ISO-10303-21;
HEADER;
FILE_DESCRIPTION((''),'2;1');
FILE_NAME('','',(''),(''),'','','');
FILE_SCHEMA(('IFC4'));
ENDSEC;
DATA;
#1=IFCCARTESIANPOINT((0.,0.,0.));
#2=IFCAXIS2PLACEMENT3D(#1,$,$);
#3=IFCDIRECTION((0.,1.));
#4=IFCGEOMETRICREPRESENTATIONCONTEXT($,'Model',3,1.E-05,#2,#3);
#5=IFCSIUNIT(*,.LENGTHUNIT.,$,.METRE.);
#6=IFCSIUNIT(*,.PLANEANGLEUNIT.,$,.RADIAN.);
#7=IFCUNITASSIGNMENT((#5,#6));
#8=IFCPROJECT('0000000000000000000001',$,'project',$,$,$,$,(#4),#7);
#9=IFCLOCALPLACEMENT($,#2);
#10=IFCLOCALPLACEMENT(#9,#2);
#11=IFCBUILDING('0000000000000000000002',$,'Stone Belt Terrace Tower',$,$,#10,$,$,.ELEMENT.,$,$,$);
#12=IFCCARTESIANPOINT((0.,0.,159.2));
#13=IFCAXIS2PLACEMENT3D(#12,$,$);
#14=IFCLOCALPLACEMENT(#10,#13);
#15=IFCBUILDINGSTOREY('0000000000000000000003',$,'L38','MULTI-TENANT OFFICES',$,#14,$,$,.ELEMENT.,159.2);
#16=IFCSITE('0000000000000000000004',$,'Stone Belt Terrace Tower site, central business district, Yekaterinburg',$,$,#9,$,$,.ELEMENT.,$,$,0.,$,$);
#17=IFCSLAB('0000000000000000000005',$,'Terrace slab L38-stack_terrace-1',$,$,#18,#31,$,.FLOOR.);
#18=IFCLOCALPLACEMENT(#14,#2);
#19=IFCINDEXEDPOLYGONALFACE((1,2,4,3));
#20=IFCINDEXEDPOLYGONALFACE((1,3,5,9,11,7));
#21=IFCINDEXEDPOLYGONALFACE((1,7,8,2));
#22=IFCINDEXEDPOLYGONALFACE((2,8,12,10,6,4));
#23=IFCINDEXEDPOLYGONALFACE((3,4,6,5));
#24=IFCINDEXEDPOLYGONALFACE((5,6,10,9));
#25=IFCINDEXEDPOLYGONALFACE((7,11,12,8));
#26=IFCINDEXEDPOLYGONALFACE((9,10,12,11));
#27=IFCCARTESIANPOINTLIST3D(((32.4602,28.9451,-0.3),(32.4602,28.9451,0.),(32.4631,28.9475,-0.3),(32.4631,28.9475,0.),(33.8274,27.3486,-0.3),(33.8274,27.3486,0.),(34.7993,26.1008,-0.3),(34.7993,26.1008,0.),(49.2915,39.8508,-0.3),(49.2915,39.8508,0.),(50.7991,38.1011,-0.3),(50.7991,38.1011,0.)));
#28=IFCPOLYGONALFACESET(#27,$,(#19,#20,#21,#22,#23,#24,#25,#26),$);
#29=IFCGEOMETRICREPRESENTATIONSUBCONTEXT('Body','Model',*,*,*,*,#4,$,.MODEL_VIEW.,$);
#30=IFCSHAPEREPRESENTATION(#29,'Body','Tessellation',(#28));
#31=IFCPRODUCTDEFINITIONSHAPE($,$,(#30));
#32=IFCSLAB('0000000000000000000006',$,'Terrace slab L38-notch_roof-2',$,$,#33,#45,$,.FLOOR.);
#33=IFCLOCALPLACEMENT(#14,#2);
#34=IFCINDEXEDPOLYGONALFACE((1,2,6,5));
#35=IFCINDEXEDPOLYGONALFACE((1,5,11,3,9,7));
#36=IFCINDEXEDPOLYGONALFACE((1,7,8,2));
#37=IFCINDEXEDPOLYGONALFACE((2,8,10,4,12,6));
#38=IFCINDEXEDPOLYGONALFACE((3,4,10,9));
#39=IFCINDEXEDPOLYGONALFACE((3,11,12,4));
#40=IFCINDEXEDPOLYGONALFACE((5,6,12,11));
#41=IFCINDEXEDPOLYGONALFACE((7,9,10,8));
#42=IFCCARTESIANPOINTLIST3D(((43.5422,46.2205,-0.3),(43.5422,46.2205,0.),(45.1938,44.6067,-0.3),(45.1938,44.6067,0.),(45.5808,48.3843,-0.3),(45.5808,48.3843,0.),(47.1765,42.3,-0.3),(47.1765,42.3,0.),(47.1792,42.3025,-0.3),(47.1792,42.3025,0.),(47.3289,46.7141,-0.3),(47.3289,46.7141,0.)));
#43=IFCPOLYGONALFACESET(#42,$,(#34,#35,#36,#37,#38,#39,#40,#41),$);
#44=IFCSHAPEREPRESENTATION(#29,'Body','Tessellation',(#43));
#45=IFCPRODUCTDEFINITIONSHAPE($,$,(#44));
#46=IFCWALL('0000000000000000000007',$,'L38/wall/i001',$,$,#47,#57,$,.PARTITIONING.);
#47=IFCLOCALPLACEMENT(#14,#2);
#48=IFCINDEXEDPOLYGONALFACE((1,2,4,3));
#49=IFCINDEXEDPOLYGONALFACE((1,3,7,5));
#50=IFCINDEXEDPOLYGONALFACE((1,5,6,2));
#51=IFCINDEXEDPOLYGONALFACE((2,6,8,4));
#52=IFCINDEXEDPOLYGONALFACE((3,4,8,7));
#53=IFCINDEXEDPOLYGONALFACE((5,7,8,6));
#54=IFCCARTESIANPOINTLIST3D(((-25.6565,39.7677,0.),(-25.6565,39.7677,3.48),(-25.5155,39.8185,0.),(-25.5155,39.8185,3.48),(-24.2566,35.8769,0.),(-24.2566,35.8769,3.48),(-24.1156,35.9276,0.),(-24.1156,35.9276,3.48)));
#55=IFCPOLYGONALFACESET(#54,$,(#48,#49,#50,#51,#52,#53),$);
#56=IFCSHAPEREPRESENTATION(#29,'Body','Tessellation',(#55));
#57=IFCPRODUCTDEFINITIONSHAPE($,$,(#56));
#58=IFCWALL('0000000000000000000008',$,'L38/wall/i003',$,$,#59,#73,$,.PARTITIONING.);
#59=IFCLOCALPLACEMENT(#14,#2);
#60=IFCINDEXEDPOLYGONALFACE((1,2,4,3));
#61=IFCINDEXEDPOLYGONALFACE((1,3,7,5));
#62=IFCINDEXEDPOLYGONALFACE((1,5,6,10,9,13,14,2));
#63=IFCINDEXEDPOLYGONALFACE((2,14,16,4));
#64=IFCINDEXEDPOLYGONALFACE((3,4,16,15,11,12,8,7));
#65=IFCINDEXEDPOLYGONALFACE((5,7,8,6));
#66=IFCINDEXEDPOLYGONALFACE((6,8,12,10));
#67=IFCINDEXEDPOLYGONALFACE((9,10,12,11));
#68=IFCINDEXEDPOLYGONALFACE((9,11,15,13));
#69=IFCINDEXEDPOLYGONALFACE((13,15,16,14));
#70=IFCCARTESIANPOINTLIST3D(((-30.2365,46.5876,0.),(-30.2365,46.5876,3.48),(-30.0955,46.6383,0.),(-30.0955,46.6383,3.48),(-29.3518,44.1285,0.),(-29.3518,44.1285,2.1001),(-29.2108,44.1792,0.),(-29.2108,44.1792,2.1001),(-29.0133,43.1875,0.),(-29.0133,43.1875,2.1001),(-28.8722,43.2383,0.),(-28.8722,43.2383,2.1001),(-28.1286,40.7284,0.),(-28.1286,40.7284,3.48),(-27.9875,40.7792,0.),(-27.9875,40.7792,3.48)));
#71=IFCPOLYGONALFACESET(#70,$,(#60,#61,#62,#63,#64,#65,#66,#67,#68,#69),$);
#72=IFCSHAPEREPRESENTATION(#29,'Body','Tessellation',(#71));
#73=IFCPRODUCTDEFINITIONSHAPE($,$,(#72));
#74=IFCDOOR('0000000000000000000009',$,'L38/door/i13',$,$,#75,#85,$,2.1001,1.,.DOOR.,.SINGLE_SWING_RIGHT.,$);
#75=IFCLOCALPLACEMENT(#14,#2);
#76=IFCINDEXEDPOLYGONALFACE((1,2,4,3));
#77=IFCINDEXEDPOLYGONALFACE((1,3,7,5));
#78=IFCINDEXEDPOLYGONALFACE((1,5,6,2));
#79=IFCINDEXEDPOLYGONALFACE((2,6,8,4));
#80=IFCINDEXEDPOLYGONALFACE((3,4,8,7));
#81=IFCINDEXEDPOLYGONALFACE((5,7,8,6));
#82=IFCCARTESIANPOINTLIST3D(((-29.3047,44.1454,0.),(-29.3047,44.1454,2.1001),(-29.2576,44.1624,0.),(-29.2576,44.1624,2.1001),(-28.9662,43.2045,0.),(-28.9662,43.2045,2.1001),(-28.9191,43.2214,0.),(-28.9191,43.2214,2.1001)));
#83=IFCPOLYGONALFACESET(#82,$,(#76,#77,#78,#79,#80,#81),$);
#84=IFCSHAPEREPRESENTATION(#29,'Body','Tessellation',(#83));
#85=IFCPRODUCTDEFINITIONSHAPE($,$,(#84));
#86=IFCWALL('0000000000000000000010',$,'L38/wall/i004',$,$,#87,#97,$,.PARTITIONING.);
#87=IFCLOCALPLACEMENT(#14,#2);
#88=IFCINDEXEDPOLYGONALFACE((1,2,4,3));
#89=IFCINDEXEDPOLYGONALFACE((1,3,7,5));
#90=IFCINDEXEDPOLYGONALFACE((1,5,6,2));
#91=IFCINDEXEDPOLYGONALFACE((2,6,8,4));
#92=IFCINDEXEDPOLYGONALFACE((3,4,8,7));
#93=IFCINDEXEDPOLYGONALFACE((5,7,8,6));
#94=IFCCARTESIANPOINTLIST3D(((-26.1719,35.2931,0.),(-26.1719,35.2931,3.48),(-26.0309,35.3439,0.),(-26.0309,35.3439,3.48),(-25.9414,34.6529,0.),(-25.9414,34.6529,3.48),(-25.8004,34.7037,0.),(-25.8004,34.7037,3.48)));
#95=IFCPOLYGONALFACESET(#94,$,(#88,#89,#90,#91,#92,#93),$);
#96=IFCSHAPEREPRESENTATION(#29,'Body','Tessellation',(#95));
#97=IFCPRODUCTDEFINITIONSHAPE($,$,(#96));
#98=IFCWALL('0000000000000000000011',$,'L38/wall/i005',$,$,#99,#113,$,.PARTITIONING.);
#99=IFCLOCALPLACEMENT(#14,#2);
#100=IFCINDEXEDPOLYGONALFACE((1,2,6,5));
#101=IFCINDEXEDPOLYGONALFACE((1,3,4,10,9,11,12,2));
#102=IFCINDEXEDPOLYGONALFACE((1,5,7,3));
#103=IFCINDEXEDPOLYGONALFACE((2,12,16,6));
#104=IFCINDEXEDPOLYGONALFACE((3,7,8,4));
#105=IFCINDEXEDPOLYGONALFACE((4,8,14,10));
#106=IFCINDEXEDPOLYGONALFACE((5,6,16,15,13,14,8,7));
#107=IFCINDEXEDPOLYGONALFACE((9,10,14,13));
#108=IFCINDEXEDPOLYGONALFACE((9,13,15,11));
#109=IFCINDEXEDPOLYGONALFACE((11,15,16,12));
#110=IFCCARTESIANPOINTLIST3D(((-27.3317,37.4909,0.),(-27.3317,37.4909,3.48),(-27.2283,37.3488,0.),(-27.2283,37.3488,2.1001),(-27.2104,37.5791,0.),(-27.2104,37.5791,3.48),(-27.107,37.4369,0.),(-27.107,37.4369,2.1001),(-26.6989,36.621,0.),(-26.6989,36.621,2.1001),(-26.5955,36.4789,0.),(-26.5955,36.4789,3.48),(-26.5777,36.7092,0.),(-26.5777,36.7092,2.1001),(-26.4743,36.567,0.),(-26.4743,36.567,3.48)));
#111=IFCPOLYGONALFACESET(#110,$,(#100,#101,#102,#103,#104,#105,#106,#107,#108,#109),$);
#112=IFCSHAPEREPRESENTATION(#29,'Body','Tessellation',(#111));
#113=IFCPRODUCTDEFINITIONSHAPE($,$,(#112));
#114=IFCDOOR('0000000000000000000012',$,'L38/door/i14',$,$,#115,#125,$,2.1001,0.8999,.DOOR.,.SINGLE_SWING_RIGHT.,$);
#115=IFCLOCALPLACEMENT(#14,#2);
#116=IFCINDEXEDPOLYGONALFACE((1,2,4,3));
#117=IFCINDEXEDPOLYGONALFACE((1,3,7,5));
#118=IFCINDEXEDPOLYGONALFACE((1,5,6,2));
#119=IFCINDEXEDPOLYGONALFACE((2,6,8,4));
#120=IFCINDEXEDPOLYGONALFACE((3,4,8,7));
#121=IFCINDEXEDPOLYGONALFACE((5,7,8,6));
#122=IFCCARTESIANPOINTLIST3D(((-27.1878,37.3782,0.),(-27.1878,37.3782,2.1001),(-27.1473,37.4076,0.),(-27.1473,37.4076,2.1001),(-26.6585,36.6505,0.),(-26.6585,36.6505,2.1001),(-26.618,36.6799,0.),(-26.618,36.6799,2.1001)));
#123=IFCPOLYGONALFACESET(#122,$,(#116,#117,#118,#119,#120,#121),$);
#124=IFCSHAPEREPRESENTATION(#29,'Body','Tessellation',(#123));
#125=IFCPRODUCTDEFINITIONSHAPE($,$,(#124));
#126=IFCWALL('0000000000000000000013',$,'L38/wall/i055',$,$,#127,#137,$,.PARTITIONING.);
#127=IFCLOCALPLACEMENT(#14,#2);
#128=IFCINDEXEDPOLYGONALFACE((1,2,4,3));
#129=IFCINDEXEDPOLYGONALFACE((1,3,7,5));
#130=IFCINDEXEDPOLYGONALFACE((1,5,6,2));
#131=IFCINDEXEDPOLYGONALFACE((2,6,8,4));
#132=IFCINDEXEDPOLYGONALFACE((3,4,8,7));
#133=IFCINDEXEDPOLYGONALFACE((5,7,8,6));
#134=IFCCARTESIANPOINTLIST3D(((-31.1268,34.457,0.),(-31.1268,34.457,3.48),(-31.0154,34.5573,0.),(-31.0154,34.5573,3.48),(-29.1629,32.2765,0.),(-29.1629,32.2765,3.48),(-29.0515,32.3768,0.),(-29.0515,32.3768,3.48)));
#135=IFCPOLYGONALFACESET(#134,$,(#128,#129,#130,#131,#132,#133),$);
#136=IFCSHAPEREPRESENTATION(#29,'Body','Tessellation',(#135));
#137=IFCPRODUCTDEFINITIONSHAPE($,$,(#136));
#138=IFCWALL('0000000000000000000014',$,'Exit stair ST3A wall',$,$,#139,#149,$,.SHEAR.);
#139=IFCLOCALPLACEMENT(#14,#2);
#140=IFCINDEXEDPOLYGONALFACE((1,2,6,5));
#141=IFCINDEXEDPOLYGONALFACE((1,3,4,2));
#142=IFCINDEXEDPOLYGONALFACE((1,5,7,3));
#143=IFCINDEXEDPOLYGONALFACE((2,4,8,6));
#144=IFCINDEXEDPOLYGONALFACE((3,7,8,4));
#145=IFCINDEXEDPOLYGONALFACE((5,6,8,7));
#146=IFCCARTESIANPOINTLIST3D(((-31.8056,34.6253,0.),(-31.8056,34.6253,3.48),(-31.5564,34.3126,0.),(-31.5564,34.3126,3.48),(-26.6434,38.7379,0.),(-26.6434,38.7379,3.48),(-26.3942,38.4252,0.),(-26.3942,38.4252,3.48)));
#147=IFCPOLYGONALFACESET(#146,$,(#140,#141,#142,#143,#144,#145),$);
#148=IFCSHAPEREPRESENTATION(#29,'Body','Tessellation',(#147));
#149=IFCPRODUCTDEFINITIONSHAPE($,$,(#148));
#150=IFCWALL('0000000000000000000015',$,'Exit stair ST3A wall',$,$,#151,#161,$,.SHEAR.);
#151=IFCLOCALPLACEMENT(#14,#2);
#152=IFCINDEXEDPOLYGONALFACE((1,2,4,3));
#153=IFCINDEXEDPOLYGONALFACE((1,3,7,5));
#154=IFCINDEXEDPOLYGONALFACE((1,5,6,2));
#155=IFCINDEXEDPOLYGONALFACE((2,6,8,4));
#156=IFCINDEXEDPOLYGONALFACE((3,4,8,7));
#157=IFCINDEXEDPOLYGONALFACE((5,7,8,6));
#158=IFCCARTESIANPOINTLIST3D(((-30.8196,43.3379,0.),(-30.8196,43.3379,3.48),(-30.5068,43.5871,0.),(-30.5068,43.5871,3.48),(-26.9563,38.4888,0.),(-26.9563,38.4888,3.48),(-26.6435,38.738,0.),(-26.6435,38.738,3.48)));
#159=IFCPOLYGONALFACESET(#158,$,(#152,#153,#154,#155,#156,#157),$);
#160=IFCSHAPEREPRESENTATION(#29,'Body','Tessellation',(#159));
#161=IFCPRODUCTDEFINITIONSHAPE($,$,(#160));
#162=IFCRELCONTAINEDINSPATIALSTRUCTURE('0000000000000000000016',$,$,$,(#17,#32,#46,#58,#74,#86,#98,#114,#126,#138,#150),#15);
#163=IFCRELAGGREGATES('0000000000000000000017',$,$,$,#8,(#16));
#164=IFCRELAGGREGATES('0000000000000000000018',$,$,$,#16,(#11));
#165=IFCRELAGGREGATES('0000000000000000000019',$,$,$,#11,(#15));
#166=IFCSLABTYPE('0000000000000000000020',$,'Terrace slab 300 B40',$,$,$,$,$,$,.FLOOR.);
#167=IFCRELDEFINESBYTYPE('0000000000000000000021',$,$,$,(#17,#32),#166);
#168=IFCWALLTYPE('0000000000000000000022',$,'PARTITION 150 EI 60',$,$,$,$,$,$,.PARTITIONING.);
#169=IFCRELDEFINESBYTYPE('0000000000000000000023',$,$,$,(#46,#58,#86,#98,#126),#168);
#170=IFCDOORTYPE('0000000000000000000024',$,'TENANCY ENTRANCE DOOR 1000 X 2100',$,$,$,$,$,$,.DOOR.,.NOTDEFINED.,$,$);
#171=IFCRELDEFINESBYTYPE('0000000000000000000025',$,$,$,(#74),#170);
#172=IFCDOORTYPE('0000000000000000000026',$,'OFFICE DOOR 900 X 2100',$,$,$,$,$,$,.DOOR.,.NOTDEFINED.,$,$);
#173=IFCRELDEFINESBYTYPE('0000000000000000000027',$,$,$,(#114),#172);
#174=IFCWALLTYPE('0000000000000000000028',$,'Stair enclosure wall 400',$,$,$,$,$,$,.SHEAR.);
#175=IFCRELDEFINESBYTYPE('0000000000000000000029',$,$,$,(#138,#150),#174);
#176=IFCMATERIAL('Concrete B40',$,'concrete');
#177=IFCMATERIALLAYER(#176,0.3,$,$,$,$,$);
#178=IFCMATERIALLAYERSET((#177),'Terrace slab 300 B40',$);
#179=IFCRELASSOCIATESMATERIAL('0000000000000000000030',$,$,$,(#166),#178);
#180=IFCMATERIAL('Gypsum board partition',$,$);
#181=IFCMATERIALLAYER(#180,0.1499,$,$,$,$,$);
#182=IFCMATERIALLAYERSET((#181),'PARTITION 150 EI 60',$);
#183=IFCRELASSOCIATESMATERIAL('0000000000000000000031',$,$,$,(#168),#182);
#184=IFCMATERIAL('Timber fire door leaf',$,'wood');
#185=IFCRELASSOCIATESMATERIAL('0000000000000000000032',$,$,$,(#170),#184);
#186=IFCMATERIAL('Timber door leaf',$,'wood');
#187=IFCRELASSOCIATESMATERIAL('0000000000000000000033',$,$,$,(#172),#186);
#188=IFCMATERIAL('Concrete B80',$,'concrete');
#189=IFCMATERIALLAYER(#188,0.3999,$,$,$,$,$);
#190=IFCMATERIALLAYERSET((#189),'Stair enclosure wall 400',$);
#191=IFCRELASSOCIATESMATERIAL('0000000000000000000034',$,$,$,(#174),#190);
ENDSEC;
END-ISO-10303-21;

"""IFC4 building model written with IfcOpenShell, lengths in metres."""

from ifc_helpers import new_model, si_unit, direction, frame, frame_2d, origin, place, context, subcontext, project, spatial, polyline, rectangle, outline, extrude, material, layer, layer_set, type_object, element, fill, save


model = new_model("IFC4")

# Units and contexts
model_context = context("Model", 3, precision=1e-05, world=origin(), true_north=direction((0.0, 1.0)))
body_context = subcontext(model_context, "Body", "Model", "MODEL_VIEW")
ifc_project = project(units=[si_unit("LENGTHUNIT", "METRE"), si_unit("PLANEANGLEUNIT", "RADIAN")], contexts=[model_context])

# Site, building, storey
site_placement = place(None, origin())
site = spatial("IfcSite", under=ifc_project, at=site_placement, Name="Stone Belt Terrace Tower site, central business district, Yekaterinburg", CompositionType="ELEMENT", RefElevation=0.0)
building_placement = place(site_placement, origin())
building = spatial("IfcBuilding", under=site, at=building_placement, Name="Stone Belt Terrace Tower", CompositionType="ELEMENT")
storey_placement = place(building_placement, frame((0.0, 0.0, 159.2)))
storey = spatial("IfcBuildingStorey", under=building, at=storey_placement, Name="L38", Description="MULTI-TENANT OFFICES", CompositionType="ELEMENT", Elevation=159.2)

# Shared definitions
ifc_material_1 = material(Name="Concrete B80", Category="concrete")

# Shared definitions
ifc_material_2 = material(Name="Concrete B40", Category="concrete")

# Slabs
ifc_layer_1 = layer(ifc_material_2, 0.3)
ifc_layer_set_1 = layer_set([ifc_layer_1], Name="Terrace slab 300 B40")
slab_type_1 = type_object("IfcSlabType", Name="Terrace slab 300 B40", PredefinedType="FLOOR", material=ifc_layer_set_1)
slab_1_placement = place(storey_placement, frame((0.0, 0.0, -0.3)))
element("IfcSlab", 1, at=slab_1_placement, inside=storey, type_object=slab_type_1, Name="Terrace slab L38-stack_terrace-1", PredefinedType="FLOOR", context=body_context, shape_type="SweptSolid", body=[
    extrude(outline(polyline([(34.7993, 26.1008), (50.7991, 38.1011), (49.2915, 39.8508), (33.8274, 27.3486), (32.4631, 28.9475), (32.4602, 28.9451), (34.7993, 26.1008)])), origin(), (0.0, 0.0, 1.0), 0.3),
])
slab_2_placement = place(storey_placement, frame((0.0, 0.0, -0.3)))
element("IfcSlab", 2, at=slab_2_placement, inside=storey, type_object=slab_type_1, Name="Terrace slab L38-notch_roof-2", PredefinedType="FLOOR", context=body_context, shape_type="SweptSolid", body=[
    extrude(outline(polyline([(45.1938, 44.6067), (47.3289, 46.7141), (45.5808, 48.3843), (43.5422, 46.2205), (47.1765, 42.3), (47.1792, 42.3025), (45.1938, 44.6067)])), origin(), (0.0, 0.0, 1.0), 0.3),
])

# Wall
ifc_material_3 = material(Name="Gypsum board partition")
ifc_layer_2 = layer(ifc_material_3, 0.1499)
ifc_layer_set_2 = layer_set([ifc_layer_2], Name="PARTITION 150 EI 60")
wall_type_1 = type_object("IfcWallType", Name="PARTITION 150 EI 60", PredefinedType="PARTITIONING", material=ifc_layer_set_2)
wall_1_placement = place(storey_placement, frame((-25.5859, 39.793, 0.0), z_axis=(0.0, 0.0, 1.0), x_axis=(0.338546, -0.94095, 0.0)))
element("IfcWall", 3, at=wall_1_placement, inside=storey, type_object=wall_type_1, Name="L38/wall/i001", PredefinedType="PARTITIONING", context=body_context, shape_type="SweptSolid", body=[
    extrude(rectangle(XDim=4.135, YDim=0.1499, at=frame_2d((2.0674, 0.0))), origin(), (0.0, 0.0, 1.0), 3.48),
])

# Wall, opening, door
wall_2_placement = place(storey_placement, frame((-28.0581, 40.7539, 0.0), z_axis=(0.0, 0.0, 1.0), x_axis=(-0.338524, 0.940958, 0.0)))
wall_2 = element("IfcWall", 4, at=wall_2_placement, inside=storey, type_object=wall_type_1, Name="L38/wall/i003", PredefinedType="PARTITIONING", context=body_context, shape_type="SweptSolid", body=[
    extrude(rectangle(XDim=6.2268, YDim=0.1499, at=frame_2d((3.1133, 0.0))), origin(), (0.0, 0.0, 1.0), 3.48),
])
opening_1_placement = place(wall_2_placement, frame((2.6133, 0.0, 0.0)))
opening_1 = element("IfcOpeningElement", 5, at=opening_1_placement, cuts=wall_2, PredefinedType="OPENING", context=body_context, shape_type="SweptSolid", body=[
    extrude(rectangle(XDim=1.0, YDim=2.1001, at=frame_2d((0.5, 1.05))), frame((0.0, 0.085, 0.0), z_axis=(0.0, -1.0, 0.0), x_axis=(1.0, 0.0, 0.0)), (0.0, 0.0, 1.0), 0.1699),
])
ifc_material_4 = material(Name="Timber fire door leaf", Category="wood")
door_type_1 = type_object("IfcDoorType", Name="TENANCY ENTRANCE DOOR 1000 X 2100", OperationType="NOTDEFINED", PredefinedType="DOOR", material=ifc_material_4)
door_1_placement = place(opening_1_placement, origin())
door_1 = element("IfcDoor", 6, at=door_1_placement, inside=storey, type_object=door_type_1, Name="L38/door/i13", OperationType="SINGLE_SWING_RIGHT", OverallHeight=2.1001, OverallWidth=1.0, PredefinedType="DOOR", context=body_context, shape_type="SweptSolid", body=[
    extrude(rectangle(XDim=1.0, YDim=2.1001, at=frame_2d((0.5, 1.05))), frame((0.0, 0.0249, 0.0), z_axis=(0.0, -1.0, 0.0), x_axis=(1.0, 0.0, 0.0)), (0.0, 0.0, 1.0), 0.05),
])
fill(opening_1, door_1)

# Wall
wall_3_placement = place(storey_placement, frame((-25.8708, 34.6782, 0.0), z_axis=(0.0, 0.0, 1.0), x_axis=(-0.338745, 0.940878, 0.0)))
element("IfcWall", 7, at=wall_3_placement, inside=storey, type_object=wall_type_1, Name="L38/wall/i004", PredefinedType="PARTITIONING", context=body_context, shape_type="SweptSolid", body=[
    extrude(rectangle(XDim=0.6804, YDim=0.1499, at=frame_2d((0.3403, 0.0))), origin(), (0.0, 0.0, 1.0), 3.48),
])

# Wall, opening, door
wall_4_placement = place(storey_placement, frame((-26.5349, 36.5229, 0.0), z_axis=(0.0, 0.0, 1.0), x_axis=(-0.58823, 0.808694, 0.0)))
wall_4 = element("IfcWall", 8, at=wall_4_placement, inside=storey, type_object=wall_type_1, Name="L38/wall/i005", PredefinedType="PARTITIONING", context=body_context, shape_type="SweptSolid", body=[
    extrude(rectangle(XDim=1.2515, YDim=0.1499, at=frame_2d((0.6257, 0.0))), origin(), (0.0, 0.0, 1.0), 3.48),
])
opening_2_placement = place(wall_4_placement, frame((0.1758, 0.0, 0.0)))
opening_2 = element("IfcOpeningElement", 9, at=opening_2_placement, cuts=wall_4, PredefinedType="OPENING", context=body_context, shape_type="SweptSolid", body=[
    extrude(rectangle(XDim=0.8999, YDim=2.1001, at=frame_2d((0.45, 1.05))), frame((0.0, 0.085, 0.0), z_axis=(0.0, -1.0, 0.0), x_axis=(1.0, 0.0, 0.0)), (0.0, 0.0, 1.0), 0.1699),
])
ifc_material_5 = material(Name="Timber door leaf", Category="wood")
door_type_2 = type_object("IfcDoorType", Name="OFFICE DOOR 900 X 2100", OperationType="NOTDEFINED", PredefinedType="DOOR", material=ifc_material_5)
door_2_placement = place(opening_2_placement, origin())
door_2 = element("IfcDoor", 10, at=door_2_placement, inside=storey, type_object=door_type_2, Name="L38/door/i14", OperationType="SINGLE_SWING_RIGHT", OverallHeight=2.1001, OverallWidth=0.8999, PredefinedType="DOOR", context=body_context, shape_type="SweptSolid", body=[
    extrude(rectangle(XDim=0.8999, YDim=2.1001, at=frame_2d((0.45, 1.05))), frame((0.0, 0.0249, 0.0), z_axis=(0.0, -1.0, 0.0), x_axis=(1.0, 0.0, 0.0)), (0.0, 0.0, 1.0), 0.05),
])
fill(opening_2, door_2)

# Walls
wall_5_placement = place(storey_placement, frame((-29.1072, 32.3267, 0.0), z_axis=(0.0, 0.0, 1.0), x_axis=(-0.669245, 0.743042, 0.0)))
element("IfcWall", 11, at=wall_5_placement, inside=storey, type_object=wall_type_1, Name="L38/wall/i055", PredefinedType="PARTITIONING", context=body_context, shape_type="SweptSolid", body=[
    extrude(rectangle(XDim=2.9346, YDim=0.1499, at=frame_2d((1.4673, 0.0))), origin(), (0.0, 0.0, 1.0), 3.48),
])
ifc_layer_3 = layer(ifc_material_1, 0.3999)
ifc_layer_set_3 = layer_set([ifc_layer_3], Name="Stair enclosure wall 400")
wall_type_2 = type_object("IfcWallType", Name="Stair enclosure wall 400", PredefinedType="SHEAR", material=ifc_layer_set_3)
wall_6_placement = place(storey_placement, frame((-26.5188, 38.5815, 0.0), z_axis=(0.0, 0.0, 1.0), x_axis=(-0.782134, -0.62311, 0.0)))
element("IfcWall", 12, at=wall_6_placement, inside=storey, type_object=wall_type_2, Name="Exit stair ST3A wall", PredefinedType="SHEAR", context=body_context, shape_type="SweptSolid", body=[
    extrude(rectangle(XDim=6.6001, YDim=0.3999, at=frame_2d((3.3, 0.0))), origin(), (0.0, 0.0, 1.0), 3.48),
])
wall_7_placement = place(storey_placement, frame((-26.7998, 38.6133, 0.0), z_axis=(0.0, 0.0, 1.0), x_axis=(-0.623119, 0.782127, 0.0)))
element("IfcWall", 13, at=wall_7_placement, inside=storey, type_object=wall_type_2, Name="Exit stair ST3A wall", PredefinedType="SHEAR", context=body_context, shape_type="SweptSolid", body=[
    extrude(rectangle(XDim=6.2, YDim=0.3999, at=frame_2d((3.1001, 0.0))), origin(), (0.0, 0.0, 1.0), 3.48),
])

save(model, "model.ifc")
